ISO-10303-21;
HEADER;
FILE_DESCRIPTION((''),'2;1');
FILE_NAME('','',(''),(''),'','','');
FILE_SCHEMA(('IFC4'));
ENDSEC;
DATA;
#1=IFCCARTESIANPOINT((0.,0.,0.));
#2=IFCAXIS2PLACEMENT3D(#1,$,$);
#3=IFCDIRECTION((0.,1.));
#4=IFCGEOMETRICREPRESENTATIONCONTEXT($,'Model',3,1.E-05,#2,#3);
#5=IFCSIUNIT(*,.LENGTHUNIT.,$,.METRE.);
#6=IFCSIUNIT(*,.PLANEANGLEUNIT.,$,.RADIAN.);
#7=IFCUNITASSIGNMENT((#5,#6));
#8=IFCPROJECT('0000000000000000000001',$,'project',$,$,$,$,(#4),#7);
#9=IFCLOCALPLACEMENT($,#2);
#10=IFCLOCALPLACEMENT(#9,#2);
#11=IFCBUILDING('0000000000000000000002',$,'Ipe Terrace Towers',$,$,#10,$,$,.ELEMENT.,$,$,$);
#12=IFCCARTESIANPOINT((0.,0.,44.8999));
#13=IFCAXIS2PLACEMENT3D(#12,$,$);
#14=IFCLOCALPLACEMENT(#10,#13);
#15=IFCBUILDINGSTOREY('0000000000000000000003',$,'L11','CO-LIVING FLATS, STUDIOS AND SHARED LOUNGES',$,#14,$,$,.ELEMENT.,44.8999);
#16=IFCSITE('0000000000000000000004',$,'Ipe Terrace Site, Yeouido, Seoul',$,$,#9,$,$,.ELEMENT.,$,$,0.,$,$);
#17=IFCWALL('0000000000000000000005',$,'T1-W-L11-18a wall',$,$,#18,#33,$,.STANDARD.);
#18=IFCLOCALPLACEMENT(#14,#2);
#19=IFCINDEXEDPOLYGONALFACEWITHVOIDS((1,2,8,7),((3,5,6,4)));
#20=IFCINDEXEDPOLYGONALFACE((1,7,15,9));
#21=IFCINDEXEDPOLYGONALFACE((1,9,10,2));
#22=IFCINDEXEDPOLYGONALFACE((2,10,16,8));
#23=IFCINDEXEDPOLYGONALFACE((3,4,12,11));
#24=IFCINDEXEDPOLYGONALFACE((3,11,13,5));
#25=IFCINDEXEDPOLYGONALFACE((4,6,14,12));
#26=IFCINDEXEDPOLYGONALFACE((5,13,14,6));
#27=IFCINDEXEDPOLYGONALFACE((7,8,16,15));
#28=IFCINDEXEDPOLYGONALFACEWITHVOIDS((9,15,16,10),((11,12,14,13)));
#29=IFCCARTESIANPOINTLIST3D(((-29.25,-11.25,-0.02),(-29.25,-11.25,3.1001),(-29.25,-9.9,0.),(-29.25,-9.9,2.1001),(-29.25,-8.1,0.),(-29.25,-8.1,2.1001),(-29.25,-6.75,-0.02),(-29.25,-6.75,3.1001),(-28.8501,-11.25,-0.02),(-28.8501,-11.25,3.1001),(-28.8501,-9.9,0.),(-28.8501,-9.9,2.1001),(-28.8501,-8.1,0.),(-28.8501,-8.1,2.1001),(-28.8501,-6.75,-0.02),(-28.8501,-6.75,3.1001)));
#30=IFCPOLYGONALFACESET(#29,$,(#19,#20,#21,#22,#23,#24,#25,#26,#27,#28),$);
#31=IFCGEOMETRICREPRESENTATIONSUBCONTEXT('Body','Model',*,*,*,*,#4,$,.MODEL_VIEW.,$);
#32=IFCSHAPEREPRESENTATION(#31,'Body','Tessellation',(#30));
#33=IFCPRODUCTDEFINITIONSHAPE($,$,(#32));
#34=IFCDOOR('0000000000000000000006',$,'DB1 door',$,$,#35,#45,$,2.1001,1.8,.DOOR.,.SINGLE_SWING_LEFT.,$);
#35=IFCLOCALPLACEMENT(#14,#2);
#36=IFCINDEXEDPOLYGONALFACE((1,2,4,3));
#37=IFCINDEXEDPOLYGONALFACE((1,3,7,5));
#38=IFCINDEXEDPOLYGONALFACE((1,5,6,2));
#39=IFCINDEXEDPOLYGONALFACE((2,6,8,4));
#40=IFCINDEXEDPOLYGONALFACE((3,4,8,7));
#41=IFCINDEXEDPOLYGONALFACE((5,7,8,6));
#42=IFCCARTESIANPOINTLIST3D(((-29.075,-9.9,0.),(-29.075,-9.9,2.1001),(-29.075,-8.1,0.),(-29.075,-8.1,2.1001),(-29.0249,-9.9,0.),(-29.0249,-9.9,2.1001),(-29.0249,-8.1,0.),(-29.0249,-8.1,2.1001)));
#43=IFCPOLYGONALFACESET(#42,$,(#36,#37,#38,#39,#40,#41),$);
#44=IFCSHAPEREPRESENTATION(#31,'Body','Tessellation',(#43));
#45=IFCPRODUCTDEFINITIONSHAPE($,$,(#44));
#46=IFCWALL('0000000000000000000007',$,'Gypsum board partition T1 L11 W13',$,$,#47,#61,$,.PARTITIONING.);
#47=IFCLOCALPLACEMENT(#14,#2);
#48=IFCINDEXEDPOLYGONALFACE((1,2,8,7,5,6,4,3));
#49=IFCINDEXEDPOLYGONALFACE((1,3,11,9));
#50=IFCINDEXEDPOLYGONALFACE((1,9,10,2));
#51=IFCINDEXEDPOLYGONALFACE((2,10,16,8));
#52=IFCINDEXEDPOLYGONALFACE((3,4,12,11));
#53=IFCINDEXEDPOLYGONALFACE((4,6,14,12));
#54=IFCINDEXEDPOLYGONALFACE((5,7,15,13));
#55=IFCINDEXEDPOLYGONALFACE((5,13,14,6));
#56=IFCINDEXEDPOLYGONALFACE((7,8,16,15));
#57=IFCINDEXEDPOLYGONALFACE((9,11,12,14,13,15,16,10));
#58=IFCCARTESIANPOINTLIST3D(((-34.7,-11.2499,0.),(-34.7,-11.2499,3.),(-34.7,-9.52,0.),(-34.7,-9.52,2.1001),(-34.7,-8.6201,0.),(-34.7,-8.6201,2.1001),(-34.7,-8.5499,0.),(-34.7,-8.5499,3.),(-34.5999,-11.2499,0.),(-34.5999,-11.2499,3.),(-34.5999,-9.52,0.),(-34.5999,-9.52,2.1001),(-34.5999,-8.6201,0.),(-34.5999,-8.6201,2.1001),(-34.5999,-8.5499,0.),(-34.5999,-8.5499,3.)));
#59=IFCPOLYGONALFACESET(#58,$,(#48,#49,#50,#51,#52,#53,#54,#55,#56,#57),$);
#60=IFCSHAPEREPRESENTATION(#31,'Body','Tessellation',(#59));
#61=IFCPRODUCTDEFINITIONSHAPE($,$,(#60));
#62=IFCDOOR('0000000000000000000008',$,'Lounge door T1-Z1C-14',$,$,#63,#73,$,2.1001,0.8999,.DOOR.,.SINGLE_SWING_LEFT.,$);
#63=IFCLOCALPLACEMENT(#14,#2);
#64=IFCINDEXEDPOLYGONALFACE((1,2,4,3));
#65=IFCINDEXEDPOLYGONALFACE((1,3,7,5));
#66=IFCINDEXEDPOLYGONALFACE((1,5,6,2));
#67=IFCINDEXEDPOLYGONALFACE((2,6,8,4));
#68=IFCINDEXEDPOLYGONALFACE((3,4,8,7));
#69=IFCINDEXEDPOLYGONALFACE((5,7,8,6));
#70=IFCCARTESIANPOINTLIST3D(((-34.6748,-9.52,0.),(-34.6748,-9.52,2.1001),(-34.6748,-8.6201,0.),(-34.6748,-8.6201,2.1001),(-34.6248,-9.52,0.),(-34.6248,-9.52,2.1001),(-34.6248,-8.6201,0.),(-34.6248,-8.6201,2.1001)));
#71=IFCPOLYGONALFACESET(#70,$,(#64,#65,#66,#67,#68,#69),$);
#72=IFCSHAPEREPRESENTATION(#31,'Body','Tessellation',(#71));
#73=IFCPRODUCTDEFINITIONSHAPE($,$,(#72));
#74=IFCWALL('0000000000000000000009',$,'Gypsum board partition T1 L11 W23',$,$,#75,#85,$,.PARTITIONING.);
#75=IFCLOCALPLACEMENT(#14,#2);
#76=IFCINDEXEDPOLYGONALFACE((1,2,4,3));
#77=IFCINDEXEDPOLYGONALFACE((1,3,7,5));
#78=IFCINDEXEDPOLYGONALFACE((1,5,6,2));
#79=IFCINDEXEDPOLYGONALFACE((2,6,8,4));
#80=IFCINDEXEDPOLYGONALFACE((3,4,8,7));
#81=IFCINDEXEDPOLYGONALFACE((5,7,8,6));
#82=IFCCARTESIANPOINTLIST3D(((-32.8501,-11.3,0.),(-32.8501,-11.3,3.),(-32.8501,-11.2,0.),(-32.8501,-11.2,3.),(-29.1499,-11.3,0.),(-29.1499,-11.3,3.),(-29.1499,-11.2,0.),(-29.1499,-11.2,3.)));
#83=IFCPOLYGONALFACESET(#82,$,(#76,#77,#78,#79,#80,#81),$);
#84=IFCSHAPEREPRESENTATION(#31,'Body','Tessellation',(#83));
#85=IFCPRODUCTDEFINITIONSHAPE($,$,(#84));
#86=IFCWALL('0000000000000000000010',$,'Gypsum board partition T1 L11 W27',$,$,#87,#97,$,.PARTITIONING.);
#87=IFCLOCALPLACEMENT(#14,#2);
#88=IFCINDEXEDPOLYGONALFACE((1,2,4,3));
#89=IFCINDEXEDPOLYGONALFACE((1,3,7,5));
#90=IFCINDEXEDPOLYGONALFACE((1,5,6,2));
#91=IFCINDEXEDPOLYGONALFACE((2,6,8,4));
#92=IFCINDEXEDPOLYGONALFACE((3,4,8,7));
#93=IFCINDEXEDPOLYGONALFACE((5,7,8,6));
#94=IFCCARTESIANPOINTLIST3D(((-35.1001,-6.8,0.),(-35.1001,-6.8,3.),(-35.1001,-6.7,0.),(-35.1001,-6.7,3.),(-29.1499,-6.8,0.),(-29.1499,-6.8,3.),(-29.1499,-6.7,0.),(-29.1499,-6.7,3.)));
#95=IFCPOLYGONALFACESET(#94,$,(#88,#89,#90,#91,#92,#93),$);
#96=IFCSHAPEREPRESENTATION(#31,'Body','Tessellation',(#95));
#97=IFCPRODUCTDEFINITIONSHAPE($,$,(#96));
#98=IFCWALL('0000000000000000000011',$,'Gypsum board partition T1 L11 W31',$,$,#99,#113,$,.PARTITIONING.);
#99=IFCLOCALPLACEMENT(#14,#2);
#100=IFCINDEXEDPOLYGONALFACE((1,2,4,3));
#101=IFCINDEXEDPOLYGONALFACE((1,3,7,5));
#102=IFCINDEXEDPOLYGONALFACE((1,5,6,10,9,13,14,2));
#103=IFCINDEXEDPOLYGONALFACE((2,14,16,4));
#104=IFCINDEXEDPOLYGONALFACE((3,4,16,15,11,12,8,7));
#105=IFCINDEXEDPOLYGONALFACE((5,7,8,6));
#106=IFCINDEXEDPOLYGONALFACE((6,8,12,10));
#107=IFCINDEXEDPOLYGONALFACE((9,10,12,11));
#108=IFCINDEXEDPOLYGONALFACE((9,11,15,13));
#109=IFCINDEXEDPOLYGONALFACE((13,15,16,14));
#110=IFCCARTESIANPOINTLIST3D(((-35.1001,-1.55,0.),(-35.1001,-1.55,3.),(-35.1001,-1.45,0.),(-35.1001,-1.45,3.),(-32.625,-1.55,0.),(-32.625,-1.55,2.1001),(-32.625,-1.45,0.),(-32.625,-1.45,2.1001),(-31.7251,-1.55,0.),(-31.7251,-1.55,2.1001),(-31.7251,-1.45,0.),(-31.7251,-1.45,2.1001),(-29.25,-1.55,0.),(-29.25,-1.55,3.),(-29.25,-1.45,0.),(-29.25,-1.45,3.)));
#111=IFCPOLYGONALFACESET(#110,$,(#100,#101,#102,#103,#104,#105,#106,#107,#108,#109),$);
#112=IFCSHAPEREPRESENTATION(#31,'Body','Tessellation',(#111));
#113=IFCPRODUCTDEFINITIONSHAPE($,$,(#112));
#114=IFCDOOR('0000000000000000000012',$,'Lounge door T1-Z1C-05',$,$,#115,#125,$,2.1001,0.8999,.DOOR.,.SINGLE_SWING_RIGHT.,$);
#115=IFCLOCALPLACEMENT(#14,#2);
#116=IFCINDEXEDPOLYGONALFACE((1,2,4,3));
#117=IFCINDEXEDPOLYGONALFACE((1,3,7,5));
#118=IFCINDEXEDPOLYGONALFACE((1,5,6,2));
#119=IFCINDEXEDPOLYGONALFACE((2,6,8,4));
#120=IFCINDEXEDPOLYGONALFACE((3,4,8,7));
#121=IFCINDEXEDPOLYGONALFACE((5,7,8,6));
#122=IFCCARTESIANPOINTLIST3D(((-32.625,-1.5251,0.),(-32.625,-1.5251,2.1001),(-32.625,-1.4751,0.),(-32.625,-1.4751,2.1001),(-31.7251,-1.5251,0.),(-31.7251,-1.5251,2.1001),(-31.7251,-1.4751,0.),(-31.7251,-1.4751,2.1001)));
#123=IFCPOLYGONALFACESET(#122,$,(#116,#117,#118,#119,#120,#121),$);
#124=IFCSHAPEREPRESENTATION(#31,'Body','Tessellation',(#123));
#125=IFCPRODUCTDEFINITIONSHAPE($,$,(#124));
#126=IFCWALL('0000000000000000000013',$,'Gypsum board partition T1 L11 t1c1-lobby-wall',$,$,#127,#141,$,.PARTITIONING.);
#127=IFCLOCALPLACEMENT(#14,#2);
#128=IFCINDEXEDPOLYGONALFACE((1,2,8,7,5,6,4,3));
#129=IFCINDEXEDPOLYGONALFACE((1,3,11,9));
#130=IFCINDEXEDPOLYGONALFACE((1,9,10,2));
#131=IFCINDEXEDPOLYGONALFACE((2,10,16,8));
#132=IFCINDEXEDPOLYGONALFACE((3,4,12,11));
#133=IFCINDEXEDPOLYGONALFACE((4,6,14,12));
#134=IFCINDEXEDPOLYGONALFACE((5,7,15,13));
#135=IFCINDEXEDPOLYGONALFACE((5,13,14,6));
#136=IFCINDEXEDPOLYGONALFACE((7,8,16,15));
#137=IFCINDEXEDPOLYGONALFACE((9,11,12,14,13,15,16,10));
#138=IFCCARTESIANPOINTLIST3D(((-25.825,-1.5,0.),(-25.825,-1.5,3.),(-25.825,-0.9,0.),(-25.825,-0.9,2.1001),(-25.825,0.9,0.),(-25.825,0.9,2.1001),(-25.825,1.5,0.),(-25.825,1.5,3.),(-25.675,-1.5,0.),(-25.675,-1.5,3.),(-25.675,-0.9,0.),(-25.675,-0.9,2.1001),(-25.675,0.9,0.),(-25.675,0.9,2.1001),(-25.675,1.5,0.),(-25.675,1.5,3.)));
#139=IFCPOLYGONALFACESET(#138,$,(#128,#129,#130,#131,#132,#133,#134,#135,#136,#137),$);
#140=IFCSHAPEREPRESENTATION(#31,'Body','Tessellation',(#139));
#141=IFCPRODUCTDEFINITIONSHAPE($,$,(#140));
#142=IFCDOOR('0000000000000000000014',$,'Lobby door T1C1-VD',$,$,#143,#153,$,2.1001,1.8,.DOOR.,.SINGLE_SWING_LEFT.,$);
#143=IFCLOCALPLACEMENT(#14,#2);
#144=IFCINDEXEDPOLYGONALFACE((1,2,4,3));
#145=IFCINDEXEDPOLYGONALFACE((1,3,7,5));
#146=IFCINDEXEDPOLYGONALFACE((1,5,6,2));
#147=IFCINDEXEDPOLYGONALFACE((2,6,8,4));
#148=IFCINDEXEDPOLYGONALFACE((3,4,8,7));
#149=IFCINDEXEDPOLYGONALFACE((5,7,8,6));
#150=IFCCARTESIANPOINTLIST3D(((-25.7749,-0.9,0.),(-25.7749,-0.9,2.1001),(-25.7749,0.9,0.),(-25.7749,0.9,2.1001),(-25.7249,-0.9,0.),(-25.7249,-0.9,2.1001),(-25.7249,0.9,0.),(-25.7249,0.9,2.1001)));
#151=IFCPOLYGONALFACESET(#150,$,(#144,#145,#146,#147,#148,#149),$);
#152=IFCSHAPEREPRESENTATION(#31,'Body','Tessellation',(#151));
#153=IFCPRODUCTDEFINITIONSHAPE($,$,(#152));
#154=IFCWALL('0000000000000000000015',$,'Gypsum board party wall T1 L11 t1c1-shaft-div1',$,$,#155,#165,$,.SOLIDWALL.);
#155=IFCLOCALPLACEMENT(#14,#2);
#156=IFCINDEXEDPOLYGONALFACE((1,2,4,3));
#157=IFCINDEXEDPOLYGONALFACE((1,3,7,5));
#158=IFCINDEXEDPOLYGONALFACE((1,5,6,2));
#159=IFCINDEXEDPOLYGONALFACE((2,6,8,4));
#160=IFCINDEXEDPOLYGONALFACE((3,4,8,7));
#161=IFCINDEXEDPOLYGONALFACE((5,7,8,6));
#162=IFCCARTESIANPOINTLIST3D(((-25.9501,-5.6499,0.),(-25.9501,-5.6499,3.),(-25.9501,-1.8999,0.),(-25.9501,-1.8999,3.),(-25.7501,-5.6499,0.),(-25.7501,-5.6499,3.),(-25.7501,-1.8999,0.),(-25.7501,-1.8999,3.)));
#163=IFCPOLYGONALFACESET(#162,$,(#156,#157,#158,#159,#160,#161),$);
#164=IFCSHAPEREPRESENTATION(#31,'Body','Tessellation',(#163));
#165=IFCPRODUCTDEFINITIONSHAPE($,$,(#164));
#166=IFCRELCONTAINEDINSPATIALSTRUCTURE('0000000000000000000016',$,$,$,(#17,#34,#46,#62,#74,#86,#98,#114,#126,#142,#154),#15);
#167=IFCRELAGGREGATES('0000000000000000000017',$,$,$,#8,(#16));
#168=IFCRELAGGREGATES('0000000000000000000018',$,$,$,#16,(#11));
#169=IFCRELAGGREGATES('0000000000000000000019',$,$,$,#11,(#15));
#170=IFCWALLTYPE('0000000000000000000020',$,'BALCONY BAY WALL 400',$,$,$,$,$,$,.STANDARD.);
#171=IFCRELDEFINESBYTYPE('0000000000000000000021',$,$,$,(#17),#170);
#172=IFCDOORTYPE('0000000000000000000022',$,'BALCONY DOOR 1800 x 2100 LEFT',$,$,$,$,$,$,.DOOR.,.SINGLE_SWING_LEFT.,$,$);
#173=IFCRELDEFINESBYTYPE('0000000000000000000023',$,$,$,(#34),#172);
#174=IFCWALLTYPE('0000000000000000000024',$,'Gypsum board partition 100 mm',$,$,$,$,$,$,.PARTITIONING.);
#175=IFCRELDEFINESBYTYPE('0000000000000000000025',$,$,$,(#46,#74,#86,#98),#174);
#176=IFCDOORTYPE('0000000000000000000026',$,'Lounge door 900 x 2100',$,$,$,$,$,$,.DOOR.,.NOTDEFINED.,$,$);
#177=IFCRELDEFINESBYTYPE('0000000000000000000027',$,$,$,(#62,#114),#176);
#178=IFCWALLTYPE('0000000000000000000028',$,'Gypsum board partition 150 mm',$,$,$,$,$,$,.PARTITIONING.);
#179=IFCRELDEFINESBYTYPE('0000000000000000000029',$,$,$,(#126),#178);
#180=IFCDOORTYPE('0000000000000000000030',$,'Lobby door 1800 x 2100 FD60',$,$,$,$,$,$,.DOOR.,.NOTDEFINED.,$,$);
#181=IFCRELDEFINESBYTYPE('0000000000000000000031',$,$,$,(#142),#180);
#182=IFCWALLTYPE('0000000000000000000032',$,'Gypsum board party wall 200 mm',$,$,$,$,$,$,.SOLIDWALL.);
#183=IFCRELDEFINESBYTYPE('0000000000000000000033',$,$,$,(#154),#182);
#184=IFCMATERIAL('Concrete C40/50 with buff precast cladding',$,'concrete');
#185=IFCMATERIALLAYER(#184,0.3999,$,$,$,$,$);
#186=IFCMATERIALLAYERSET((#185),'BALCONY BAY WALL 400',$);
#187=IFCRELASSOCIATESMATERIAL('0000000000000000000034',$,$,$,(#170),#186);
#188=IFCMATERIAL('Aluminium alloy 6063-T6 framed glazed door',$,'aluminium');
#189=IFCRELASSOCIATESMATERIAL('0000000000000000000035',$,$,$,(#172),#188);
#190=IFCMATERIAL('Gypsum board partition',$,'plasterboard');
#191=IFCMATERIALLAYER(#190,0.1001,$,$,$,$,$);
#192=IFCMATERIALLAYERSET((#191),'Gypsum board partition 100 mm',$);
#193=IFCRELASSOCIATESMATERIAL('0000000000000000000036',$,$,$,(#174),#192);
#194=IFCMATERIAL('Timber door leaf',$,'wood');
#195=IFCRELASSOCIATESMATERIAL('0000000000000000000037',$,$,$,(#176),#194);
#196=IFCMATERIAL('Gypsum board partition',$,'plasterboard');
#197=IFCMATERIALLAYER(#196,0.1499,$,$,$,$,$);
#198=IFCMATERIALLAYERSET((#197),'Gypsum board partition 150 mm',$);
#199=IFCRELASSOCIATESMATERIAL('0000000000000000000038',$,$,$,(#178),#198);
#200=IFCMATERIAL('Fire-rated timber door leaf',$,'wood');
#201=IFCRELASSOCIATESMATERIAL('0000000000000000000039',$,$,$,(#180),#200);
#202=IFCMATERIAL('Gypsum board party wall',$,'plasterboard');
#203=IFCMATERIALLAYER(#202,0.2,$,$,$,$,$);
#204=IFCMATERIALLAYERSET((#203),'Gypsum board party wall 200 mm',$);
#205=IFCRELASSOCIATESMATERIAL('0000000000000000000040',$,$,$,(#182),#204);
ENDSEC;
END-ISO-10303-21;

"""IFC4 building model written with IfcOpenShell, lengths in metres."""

from ifc_helpers import new_model, si_unit, direction, frame, frame_2d, origin, place, context, subcontext, project, spatial, rectangle, extrude, material, layer, layer_set, type_object, element, fill, save


model = new_model("IFC4")

# Units and contexts
model_context = context("Model", 3, precision=1e-05, world=origin(), true_north=direction((0.0, 1.0)))
body_context = subcontext(model_context, "Body", "Model", "MODEL_VIEW")
ifc_project = project(units=[si_unit("LENGTHUNIT", "METRE"), si_unit("PLANEANGLEUNIT", "RADIAN")], contexts=[model_context])

# Site, building, storey
site_placement = place(None, origin())
site = spatial("IfcSite", under=ifc_project, at=site_placement, Name="Ipe Terrace Site, Yeouido, Seoul", CompositionType="ELEMENT", RefElevation=0.0)
building_placement = place(site_placement, origin())
building = spatial("IfcBuilding", under=site, at=building_placement, Name="Ipe Terrace Towers", CompositionType="ELEMENT")
storey_placement = place(building_placement, frame((0.0, 0.0, 44.8999)))
storey = spatial("IfcBuildingStorey", under=building, at=storey_placement, Name="L11", Description="CO-LIVING FLATS, STUDIOS AND SHARED LOUNGES", CompositionType="ELEMENT", Elevation=44.8999)

# Walls, openings, doors
ifc_material_1 = material(Name="Concrete C40/50 with buff precast cladding", Category="concrete")
ifc_layer_1 = layer(ifc_material_1, 0.3999)
ifc_layer_set_1 = layer_set([ifc_layer_1], Name="BALCONY BAY WALL 400")
wall_type_1 = type_object("IfcWallType", Name="BALCONY BAY WALL 400", PredefinedType="STANDARD", material=ifc_layer_set_1)
wall_1_placement = place(storey_placement, frame((-29.05, -11.25, -0.02), z_axis=(0.0, 0.0, 1.0), x_axis=(0.0, 1.0, 0.0)))
wall_1 = element("IfcWall", 1, at=wall_1_placement, inside=storey, type_object=wall_type_1, Name="T1-W-L11-18a wall", PredefinedType="STANDARD", context=body_context, shape_type="SweptSolid", body=[
    extrude(rectangle(XDim=4.5, YDim=0.3999, at=frame_2d((2.25, 0.0))), origin(), (0.0, 0.0, 1.0), 3.1201),
])
opening_1_placement = place(wall_1_placement, frame((1.3501, 0.0, 0.02)))
opening_1 = element("IfcOpeningElement", 2, at=opening_1_placement, cuts=wall_1, PredefinedType="OPENING", context=body_context, shape_type="SweptSolid", body=[
    extrude(rectangle(XDim=1.8, YDim=2.1001, at=frame_2d((0.8999, 1.05))), frame((0.0, 0.21, 0.0), z_axis=(0.0, -1.0, 0.0), x_axis=(1.0, 0.0, 0.0)), (0.0, 0.0, 1.0), 0.4199),
])
ifc_material_2 = material(Name="Aluminium alloy 6063-T6 framed glazed door", Category="aluminium")
door_type_1 = type_object("IfcDoorType", Name="BALCONY DOOR 1800 x 2100 LEFT", OperationType="SINGLE_SWING_LEFT", PredefinedType="DOOR", material=ifc_material_2)
door_1_placement = place(opening_1_placement, origin())
door_1 = element("IfcDoor", 3, at=door_1_placement, inside=storey, type_object=door_type_1, Name="DB1 door", OperationType="SINGLE_SWING_LEFT", OverallHeight=2.1001, OverallWidth=1.8, PredefinedType="DOOR", context=body_context, shape_type="SweptSolid", body=[
    extrude(rectangle(XDim=1.8, YDim=2.1001, at=frame_2d((0.8999, 1.05))), frame((0.0, 0.0249, 0.0), z_axis=(0.0, -1.0, 0.0), x_axis=(1.0, 0.0, 0.0)), (0.0, 0.0, 1.0), 0.05),
])
fill(opening_1, door_1)
ifc_material_3 = material(Name="Gypsum board partition", Category="plasterboard")
ifc_layer_2 = layer(ifc_material_3, 0.1001)
ifc_layer_set_2 = layer_set([ifc_layer_2], Name="Gypsum board partition 100 mm")
wall_type_2 = type_object("IfcWallType", Name="Gypsum board partition 100 mm", PredefinedType="PARTITIONING", material=ifc_layer_set_2)
wall_2_placement = place(storey_placement, frame((-34.6499, -11.25, 0.0), z_axis=(0.0, 0.0, 1.0), x_axis=(0.0, 1.0, 0.0)))
wall_2 = element("IfcWall", 4, at=wall_2_placement, inside=storey, type_object=wall_type_2, Name="Gypsum board partition T1 L11 W13", PredefinedType="PARTITIONING", context=body_context, shape_type="SweptSolid", body=[
    extrude(rectangle(XDim=2.7, YDim=0.1001, at=frame_2d((1.3501, 0.0))), origin(), (0.0, 0.0, 1.0), 3.0),
])
opening_2_placement = place(wall_2_placement, frame((1.73, 0.0, 0.0)))
opening_2 = element("IfcOpeningElement", 5, at=opening_2_placement, cuts=wall_2, PredefinedType="OPENING", context=body_context, shape_type="SweptSolid", body=[
    extrude(rectangle(XDim=0.8999, YDim=2.1001, at=frame_2d((0.45, 1.05))), frame((0.0, 0.0601, 0.0), z_axis=(0.0, -1.0, 0.0), x_axis=(1.0, 0.0, 0.0)), (0.0, 0.0, 1.0), 0.1201),
])
ifc_material_4 = material(Name="Timber door leaf", Category="wood")
door_type_2 = type_object("IfcDoorType", Name="Lounge door 900 x 2100", OperationType="NOTDEFINED", PredefinedType="DOOR", material=ifc_material_4)
door_2_placement = place(opening_2_placement, origin())
door_2 = element("IfcDoor", 6, at=door_2_placement, inside=storey, type_object=door_type_2, Name="Lounge door T1-Z1C-14", OperationType="SINGLE_SWING_LEFT", OverallHeight=2.1001, OverallWidth=0.8999, PredefinedType="DOOR", context=body_context, shape_type="SweptSolid", body=[
    extrude(rectangle(XDim=0.8999, YDim=2.1001, at=frame_2d((0.45, 1.05))), frame((0.0, 0.0249, 0.0), z_axis=(0.0, -1.0, 0.0), x_axis=(1.0, 0.0, 0.0)), (0.0, 0.0, 1.0), 0.05),
])
fill(opening_2, door_2)

# Walls
wall_3_placement = place(storey_placement, frame((-32.8501, -11.25, 0.0), z_axis=(0.0, 0.0, 1.0), x_axis=(1.0, 0.0, 0.0)))
element("IfcWall", 7, at=wall_3_placement, inside=storey, type_object=wall_type_2, Name="Gypsum board partition T1 L11 W23", PredefinedType="PARTITIONING", context=body_context, shape_type="SweptSolid", body=[
    extrude(rectangle(XDim=3.7002, YDim=0.1001, at=frame_2d((1.8501, 0.0))), origin(), (0.0, 0.0, 1.0), 3.0),
])
wall_4_placement = place(storey_placement, frame((-35.1001, -6.75, 0.0), z_axis=(0.0, 0.0, 1.0), x_axis=(1.0, 0.0, 0.0)))
element("IfcWall", 8, at=wall_4_placement, inside=storey, type_object=wall_type_2, Name="Gypsum board partition T1 L11 W27", PredefinedType="PARTITIONING", context=body_context, shape_type="SweptSolid", body=[
    extrude(rectangle(XDim=5.9502, YDim=0.1001, at=frame_2d((2.9751, 0.0))), origin(), (0.0, 0.0, 1.0), 3.0),
])

# Walls, openings, doors
wall_5_placement = place(storey_placement, frame((-35.1001, -1.5, 0.0), z_axis=(0.0, 0.0, 1.0), x_axis=(1.0, 0.0, 0.0)))
wall_5 = element("IfcWall", 9, at=wall_5_placement, inside=storey, type_object=wall_type_2, Name="Gypsum board partition T1 L11 W31", PredefinedType="PARTITIONING", context=body_context, shape_type="SweptSolid", body=[
    extrude(rectangle(XDim=5.8501, YDim=0.1001, at=frame_2d((2.925, 0.0))), origin(), (0.0, 0.0, 1.0), 3.0),
])
opening_3_placement = place(wall_5_placement, frame((2.4751, 0.0, 0.0)))
opening_3 = element("IfcOpeningElement", 10, at=opening_3_placement, cuts=wall_5, PredefinedType="OPENING", context=body_context, shape_type="SweptSolid", body=[
    extrude(rectangle(XDim=0.8999, YDim=2.1001, at=frame_2d((0.45, 1.05))), frame((0.0, 0.0601, 0.0), z_axis=(0.0, -1.0, 0.0), x_axis=(1.0, 0.0, 0.0)), (0.0, 0.0, 1.0), 0.1201),
])
door_3_placement = place(opening_3_placement, origin())
door_3 = element("IfcDoor", 11, at=door_3_placement, inside=storey, type_object=door_type_2, Name="Lounge door T1-Z1C-05", OperationType="SINGLE_SWING_RIGHT", OverallHeight=2.1001, OverallWidth=0.8999, PredefinedType="DOOR", context=body_context, shape_type="SweptSolid", body=[
    extrude(rectangle(XDim=0.8999, YDim=2.1001, at=frame_2d((0.45, 1.05))), frame((0.0, 0.0249, 0.0), z_axis=(0.0, -1.0, 0.0), x_axis=(1.0, 0.0, 0.0)), (0.0, 0.0, 1.0), 0.05),
])
fill(opening_3, door_3)
ifc_material_5 = material(Name="Gypsum board partition", Category="plasterboard")
ifc_layer_3 = layer(ifc_material_5, 0.1499)
ifc_layer_set_3 = layer_set([ifc_layer_3], Name="Gypsum board partition 150 mm")
wall_type_3 = type_object("IfcWallType", Name="Gypsum board partition 150 mm", PredefinedType="PARTITIONING", material=ifc_layer_set_3)
wall_6_placement = place(storey_placement, frame((-25.75, -1.5, 0.0), z_axis=(0.0, 0.0, 1.0), x_axis=(0.0, 1.0, 0.0)))
wall_6 = element("IfcWall", 12, at=wall_6_placement, inside=storey, type_object=wall_type_3, Name="Gypsum board partition T1 L11 t1c1-lobby-wall", PredefinedType="PARTITIONING", context=body_context, shape_type="SweptSolid", body=[
    extrude(rectangle(XDim=3.0, YDim=0.1499, at=frame_2d((1.5, 0.0))), origin(), (0.0, 0.0, 1.0), 3.0),
])
opening_4_placement = place(wall_6_placement, frame((0.6001, 0.0, 0.0)))
opening_4 = element("IfcOpeningElement", 13, at=opening_4_placement, cuts=wall_6, PredefinedType="OPENING", context=body_context, shape_type="SweptSolid", body=[
    extrude(rectangle(XDim=1.8, YDim=2.1001, at=frame_2d((0.8999, 1.05))), frame((0.0, 0.085, 0.0), z_axis=(0.0, -1.0, 0.0), x_axis=(1.0, 0.0, 0.0)), (0.0, 0.0, 1.0), 0.1699),
])
ifc_material_6 = material(Name="Fire-rated timber door leaf", Category="wood")
door_type_3 = type_object("IfcDoorType", Name="Lobby door 1800 x 2100 FD60", OperationType="NOTDEFINED", PredefinedType="DOOR", material=ifc_material_6)
door_4_placement = place(opening_4_placement, origin())
door_4 = element("IfcDoor", 14, at=door_4_placement, inside=storey, type_object=door_type_3, Name="Lobby door T1C1-VD", OperationType="SINGLE_SWING_LEFT", OverallHeight=2.1001, OverallWidth=1.8, PredefinedType="DOOR", context=body_context, shape_type="SweptSolid", body=[
    extrude(rectangle(XDim=1.8, YDim=2.1001, at=frame_2d((0.8999, 1.05))), frame((0.0, 0.0249, 0.0), z_axis=(0.0, -1.0, 0.0), x_axis=(1.0, 0.0, 0.0)), (0.0, 0.0, 1.0), 0.05),
])
fill(opening_4, door_4)

# Wall
ifc_material_7 = material(Name="Gypsum board party wall", Category="plasterboard")
ifc_layer_4 = layer(ifc_material_7, 0.2)
ifc_layer_set_4 = layer_set([ifc_layer_4], Name="Gypsum board party wall 200 mm")
wall_type_4 = type_object("IfcWallType", Name="Gypsum board party wall 200 mm", PredefinedType="SOLIDWALL", material=ifc_layer_set_4)
for number, where, z_axis, x_axis, name in (
    (15, (-25.8501, -5.6499, 0.0), (0.0, 0.0, 1.0), (0.0, 1.0, 0.0), "Gypsum board party wall T1 L11 t1c1-shaft-div1"),
):
    element("IfcWall", number, at=place(storey_placement, frame(where, z_axis=z_axis, x_axis=x_axis)), inside=storey, type_object=wall_type_4, Name=name, PredefinedType="SOLIDWALL", context=body_context, shape_type="SweptSolid", body=[
        extrude(rectangle(XDim=3.75, YDim=0.2, at=frame_2d((1.875, 0.0))), origin(), (0.0, 0.0, 1.0), 3.0),
    ])

save(model, "model.ifc")
